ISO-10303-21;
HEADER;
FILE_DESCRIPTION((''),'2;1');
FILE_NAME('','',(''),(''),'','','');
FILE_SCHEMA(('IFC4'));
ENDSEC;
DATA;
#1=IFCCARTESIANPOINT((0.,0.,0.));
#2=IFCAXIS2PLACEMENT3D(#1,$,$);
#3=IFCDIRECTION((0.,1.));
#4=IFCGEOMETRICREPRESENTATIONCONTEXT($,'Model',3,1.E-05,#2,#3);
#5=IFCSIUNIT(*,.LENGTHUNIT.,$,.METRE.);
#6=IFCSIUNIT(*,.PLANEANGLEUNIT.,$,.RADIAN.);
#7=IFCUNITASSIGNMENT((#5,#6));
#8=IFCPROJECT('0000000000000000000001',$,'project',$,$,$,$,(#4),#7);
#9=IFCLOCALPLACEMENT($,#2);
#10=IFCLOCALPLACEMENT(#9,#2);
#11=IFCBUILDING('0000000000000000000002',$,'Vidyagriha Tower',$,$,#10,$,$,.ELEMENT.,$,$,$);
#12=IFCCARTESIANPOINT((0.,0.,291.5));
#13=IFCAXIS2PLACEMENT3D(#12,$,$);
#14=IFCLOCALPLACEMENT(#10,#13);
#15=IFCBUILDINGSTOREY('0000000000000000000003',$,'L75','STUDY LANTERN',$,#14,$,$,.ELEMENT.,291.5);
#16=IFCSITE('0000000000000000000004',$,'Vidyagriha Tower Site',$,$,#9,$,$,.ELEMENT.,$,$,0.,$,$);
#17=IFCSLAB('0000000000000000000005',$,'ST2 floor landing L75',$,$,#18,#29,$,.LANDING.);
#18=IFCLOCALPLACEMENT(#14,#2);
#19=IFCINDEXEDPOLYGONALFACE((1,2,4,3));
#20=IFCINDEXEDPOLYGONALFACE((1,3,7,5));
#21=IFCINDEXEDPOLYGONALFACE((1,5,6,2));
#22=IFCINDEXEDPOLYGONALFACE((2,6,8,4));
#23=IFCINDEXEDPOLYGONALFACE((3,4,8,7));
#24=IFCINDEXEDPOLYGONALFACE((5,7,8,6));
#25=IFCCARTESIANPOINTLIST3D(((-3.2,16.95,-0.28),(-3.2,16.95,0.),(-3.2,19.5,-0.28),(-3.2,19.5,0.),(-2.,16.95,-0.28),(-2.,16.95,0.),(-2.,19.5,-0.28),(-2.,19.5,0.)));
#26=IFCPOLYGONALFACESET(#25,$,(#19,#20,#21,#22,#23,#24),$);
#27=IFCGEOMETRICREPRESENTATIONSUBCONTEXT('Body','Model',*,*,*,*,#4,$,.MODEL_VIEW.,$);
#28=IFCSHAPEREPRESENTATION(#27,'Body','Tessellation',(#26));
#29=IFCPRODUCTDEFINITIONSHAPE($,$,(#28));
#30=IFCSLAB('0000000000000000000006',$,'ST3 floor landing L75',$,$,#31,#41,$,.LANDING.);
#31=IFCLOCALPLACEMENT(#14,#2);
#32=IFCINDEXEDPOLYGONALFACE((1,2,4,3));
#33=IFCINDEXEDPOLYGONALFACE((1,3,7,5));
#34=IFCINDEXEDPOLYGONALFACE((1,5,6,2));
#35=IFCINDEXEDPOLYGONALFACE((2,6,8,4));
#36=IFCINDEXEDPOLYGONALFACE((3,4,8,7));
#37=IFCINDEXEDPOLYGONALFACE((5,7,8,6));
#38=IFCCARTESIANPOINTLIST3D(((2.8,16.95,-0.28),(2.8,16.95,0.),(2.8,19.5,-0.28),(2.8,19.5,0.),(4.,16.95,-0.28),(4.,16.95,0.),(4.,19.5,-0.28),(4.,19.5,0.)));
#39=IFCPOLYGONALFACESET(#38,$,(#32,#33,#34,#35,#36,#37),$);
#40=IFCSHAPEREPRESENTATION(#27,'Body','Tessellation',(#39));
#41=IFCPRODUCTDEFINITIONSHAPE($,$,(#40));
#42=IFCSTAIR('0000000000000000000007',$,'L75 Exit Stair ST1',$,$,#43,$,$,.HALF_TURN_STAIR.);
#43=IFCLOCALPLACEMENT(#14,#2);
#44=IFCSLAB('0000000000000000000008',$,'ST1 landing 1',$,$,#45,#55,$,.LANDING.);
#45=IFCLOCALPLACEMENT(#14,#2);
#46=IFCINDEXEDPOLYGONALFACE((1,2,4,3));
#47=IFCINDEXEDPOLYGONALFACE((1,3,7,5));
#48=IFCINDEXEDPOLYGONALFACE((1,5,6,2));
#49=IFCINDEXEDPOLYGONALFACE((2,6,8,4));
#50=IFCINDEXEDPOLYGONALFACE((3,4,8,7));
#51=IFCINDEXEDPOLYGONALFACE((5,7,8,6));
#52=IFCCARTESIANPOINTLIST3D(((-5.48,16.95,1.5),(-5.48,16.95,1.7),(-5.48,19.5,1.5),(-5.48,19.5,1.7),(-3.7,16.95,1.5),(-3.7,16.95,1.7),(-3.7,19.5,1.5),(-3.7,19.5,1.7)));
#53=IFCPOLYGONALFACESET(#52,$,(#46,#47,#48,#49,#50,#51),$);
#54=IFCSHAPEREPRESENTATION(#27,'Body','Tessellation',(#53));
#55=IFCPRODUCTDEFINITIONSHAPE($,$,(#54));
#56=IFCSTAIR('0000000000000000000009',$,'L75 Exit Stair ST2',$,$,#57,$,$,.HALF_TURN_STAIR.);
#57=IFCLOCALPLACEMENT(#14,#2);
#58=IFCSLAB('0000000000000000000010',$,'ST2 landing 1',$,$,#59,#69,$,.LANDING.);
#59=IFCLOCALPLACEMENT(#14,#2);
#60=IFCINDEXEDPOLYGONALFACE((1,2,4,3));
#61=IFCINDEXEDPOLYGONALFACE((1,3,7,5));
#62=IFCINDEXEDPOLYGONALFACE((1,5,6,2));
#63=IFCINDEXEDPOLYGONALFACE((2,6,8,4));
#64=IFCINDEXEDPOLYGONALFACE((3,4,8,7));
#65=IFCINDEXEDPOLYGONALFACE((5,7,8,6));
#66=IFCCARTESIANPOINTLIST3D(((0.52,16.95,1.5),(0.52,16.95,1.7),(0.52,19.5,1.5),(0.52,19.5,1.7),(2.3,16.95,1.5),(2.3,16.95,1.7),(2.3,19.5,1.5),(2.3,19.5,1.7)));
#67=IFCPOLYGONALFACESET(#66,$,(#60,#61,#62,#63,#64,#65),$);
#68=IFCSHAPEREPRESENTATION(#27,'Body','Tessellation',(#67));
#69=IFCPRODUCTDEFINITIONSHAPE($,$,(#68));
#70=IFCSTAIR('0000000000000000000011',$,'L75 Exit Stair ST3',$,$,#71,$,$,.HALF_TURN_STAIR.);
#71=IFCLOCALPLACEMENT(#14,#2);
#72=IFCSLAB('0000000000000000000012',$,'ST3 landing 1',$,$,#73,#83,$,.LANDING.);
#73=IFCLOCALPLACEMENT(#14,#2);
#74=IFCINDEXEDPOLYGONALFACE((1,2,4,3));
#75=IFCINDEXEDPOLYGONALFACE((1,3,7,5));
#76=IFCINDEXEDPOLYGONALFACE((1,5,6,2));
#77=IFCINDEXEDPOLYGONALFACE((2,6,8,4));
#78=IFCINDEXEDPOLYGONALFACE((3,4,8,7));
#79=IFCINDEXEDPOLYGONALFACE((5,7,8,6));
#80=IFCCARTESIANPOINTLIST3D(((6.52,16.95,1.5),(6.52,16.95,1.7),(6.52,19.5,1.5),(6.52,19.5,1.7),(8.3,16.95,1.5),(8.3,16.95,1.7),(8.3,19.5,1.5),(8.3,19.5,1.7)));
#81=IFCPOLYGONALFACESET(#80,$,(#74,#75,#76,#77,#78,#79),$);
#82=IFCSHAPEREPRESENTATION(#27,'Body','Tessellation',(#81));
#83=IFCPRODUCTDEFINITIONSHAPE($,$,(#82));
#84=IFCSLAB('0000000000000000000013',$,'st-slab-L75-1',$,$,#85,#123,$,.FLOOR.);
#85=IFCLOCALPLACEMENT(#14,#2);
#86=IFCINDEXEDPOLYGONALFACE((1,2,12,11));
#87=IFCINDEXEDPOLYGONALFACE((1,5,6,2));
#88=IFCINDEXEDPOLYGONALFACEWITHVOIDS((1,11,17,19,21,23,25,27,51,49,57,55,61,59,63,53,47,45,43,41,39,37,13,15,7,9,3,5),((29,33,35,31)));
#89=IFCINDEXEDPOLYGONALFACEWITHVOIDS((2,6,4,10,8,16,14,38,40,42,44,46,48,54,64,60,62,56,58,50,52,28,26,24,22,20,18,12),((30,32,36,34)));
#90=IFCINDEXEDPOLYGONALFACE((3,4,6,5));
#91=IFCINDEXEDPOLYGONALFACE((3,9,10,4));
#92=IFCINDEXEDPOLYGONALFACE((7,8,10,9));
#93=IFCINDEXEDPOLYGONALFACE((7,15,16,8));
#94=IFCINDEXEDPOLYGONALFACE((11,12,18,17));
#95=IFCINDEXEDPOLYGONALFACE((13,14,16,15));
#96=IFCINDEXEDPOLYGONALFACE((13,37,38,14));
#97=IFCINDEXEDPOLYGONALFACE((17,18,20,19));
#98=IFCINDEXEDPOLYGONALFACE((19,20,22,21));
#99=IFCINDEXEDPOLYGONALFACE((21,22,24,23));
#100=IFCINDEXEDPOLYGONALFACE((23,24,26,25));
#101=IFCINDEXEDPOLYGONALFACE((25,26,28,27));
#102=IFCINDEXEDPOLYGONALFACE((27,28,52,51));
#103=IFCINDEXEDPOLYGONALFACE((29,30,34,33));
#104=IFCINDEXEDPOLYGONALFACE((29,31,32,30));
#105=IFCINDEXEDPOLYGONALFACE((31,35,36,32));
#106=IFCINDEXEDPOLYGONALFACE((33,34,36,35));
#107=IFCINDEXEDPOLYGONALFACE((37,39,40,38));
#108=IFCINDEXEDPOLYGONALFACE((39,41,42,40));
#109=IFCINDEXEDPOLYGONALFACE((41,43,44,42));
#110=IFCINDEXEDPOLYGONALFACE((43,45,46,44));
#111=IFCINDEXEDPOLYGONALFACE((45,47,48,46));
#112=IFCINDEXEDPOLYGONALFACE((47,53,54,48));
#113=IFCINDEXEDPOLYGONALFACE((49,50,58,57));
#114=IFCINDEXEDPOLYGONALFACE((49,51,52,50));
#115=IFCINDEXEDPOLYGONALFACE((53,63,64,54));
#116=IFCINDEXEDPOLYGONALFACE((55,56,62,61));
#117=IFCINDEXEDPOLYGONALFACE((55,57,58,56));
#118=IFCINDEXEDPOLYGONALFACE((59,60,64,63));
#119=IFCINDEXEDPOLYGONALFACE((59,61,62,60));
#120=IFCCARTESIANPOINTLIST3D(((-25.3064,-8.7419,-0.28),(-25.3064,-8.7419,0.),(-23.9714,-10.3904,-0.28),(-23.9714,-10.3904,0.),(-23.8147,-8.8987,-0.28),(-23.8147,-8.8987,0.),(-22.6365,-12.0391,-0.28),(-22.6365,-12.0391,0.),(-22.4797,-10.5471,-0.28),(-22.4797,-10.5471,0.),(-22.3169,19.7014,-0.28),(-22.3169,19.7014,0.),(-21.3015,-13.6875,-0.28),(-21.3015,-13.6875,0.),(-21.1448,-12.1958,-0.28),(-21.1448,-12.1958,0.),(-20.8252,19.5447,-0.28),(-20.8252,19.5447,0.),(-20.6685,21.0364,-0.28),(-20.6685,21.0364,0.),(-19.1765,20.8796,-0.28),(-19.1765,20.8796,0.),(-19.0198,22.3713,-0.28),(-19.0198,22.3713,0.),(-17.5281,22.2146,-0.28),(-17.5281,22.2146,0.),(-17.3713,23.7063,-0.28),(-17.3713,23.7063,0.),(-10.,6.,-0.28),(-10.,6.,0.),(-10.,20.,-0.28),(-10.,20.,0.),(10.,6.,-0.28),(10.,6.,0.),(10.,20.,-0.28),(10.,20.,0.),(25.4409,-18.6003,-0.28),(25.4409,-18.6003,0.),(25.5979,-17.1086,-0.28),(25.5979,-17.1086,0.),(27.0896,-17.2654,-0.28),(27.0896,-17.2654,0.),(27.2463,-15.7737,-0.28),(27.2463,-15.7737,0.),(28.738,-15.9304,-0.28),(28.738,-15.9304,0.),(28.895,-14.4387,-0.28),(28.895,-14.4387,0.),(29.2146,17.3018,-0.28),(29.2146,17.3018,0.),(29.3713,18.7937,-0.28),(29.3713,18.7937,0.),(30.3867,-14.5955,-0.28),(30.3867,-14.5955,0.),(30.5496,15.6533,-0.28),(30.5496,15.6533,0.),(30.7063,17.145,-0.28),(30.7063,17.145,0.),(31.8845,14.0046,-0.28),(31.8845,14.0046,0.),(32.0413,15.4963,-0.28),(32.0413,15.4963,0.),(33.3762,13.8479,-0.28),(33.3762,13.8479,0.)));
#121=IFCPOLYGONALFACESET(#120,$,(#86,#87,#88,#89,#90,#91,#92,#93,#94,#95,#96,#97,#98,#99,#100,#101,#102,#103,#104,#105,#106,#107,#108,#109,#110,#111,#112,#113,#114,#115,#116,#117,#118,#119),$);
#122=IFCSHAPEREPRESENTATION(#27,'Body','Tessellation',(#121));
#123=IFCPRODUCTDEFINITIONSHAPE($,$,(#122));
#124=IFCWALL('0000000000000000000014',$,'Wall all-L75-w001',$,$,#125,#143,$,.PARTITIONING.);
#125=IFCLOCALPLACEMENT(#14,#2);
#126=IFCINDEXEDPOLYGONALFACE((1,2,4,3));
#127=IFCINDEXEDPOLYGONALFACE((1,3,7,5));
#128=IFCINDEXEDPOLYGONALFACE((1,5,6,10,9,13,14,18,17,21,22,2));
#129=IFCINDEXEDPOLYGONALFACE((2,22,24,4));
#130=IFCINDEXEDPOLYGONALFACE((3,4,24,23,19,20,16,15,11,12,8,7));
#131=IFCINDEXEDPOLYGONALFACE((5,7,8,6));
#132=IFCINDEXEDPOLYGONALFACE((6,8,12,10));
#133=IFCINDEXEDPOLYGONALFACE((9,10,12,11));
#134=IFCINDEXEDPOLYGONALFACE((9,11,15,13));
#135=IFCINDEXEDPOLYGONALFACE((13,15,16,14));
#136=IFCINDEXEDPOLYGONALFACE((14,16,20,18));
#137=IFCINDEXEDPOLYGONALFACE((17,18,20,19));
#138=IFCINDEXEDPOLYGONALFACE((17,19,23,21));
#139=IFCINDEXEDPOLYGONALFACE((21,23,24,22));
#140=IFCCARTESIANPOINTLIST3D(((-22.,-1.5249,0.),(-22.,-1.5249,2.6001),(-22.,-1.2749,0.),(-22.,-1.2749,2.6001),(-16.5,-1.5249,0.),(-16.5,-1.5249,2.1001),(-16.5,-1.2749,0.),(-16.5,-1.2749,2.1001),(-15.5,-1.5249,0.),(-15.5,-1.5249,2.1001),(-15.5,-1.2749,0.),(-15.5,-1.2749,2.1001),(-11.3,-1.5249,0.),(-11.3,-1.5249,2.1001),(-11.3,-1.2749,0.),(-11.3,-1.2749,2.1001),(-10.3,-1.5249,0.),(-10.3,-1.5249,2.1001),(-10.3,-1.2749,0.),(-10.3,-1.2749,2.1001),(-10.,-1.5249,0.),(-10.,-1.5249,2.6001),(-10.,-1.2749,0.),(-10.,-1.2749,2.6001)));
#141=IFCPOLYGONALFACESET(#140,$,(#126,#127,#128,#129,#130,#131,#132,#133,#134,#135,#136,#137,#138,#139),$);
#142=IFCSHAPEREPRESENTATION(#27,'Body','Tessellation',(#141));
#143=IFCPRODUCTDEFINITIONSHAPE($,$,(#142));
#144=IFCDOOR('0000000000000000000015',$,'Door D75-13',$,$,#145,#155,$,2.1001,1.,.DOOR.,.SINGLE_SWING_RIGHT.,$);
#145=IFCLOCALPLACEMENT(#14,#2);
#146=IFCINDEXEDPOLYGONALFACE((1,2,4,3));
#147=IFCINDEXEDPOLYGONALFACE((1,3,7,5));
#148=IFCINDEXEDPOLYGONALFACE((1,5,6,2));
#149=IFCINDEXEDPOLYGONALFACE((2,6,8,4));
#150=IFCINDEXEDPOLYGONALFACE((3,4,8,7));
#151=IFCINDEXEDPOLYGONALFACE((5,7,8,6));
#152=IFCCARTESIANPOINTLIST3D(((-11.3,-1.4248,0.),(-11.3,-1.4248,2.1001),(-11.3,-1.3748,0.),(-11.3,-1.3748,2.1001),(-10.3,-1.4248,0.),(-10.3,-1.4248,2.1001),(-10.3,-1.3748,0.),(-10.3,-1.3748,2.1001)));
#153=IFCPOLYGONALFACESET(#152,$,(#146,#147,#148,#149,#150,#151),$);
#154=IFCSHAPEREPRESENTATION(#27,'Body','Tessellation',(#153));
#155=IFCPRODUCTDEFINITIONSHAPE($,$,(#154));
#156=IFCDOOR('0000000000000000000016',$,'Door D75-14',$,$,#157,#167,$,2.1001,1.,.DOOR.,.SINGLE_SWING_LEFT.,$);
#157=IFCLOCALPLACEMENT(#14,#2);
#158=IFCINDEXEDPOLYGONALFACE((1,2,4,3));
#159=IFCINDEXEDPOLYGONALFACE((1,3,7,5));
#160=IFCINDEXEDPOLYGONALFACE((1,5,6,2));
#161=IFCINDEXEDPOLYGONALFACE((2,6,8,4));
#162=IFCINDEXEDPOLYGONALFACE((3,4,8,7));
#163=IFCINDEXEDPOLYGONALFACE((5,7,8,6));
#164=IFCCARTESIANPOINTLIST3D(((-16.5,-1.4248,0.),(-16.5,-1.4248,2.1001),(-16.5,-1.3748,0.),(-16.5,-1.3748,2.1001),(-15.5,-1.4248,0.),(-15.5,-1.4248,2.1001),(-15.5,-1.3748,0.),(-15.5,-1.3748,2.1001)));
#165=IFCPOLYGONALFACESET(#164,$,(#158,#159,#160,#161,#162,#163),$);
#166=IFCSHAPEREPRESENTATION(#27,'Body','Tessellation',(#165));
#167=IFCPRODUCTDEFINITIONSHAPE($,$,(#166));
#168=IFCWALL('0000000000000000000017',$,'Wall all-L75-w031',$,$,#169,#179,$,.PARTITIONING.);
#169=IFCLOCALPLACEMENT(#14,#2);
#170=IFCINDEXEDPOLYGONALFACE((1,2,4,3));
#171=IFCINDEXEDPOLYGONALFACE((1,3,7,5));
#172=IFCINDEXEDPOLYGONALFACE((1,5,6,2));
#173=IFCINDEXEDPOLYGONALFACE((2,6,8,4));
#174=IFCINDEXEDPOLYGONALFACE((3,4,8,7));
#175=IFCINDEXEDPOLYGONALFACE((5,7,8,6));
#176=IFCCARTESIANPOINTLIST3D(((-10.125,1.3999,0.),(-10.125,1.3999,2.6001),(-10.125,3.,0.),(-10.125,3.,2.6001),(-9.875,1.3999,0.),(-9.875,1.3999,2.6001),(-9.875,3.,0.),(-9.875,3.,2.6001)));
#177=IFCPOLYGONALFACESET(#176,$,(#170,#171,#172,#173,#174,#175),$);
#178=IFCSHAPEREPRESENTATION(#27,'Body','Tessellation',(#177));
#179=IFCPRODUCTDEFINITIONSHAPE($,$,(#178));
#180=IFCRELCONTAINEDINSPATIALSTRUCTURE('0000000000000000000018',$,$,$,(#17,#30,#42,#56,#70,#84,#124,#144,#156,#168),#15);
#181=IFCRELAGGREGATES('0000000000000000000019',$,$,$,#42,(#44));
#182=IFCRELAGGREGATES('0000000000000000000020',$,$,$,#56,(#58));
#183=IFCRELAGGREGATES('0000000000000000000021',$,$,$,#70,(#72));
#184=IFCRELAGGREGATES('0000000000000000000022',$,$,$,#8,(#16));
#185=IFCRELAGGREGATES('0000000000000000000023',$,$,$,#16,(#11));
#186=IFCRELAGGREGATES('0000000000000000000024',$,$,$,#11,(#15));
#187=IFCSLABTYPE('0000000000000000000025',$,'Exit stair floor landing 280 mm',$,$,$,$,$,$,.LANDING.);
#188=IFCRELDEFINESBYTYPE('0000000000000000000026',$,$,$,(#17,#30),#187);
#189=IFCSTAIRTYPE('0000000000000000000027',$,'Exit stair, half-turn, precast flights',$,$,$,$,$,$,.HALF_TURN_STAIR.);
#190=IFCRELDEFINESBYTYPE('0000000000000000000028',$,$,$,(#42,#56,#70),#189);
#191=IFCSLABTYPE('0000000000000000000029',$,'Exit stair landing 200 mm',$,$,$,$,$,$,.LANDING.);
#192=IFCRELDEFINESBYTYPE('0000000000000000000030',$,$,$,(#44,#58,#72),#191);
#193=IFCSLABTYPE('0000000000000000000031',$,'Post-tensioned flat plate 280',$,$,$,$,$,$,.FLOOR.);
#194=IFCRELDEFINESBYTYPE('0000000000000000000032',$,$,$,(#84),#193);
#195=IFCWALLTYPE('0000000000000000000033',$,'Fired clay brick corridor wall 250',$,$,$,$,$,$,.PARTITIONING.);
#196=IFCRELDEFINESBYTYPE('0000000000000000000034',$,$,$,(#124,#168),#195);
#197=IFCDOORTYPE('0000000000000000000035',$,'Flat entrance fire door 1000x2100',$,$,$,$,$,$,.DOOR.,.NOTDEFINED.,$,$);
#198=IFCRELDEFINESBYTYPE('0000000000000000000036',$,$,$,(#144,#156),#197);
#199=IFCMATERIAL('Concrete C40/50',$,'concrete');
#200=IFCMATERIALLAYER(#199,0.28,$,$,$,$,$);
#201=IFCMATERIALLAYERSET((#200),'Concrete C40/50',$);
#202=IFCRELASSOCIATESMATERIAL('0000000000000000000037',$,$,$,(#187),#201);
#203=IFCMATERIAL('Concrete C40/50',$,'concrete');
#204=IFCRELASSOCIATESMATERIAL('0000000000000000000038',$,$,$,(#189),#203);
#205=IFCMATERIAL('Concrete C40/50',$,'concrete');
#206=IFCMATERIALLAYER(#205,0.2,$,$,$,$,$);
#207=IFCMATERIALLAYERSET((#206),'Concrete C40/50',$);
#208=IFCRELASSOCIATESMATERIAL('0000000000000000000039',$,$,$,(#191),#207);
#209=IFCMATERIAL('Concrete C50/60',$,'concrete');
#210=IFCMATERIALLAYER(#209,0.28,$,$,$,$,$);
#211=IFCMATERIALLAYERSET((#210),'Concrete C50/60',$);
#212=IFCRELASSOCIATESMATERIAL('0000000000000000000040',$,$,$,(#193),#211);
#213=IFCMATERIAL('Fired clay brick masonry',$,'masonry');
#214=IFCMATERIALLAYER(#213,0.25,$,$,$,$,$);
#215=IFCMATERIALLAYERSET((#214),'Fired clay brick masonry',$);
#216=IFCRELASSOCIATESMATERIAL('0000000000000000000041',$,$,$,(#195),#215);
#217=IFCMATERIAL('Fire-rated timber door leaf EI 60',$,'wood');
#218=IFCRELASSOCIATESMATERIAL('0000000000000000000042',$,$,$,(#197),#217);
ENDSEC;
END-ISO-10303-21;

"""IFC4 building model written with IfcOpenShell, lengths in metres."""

from ifc_helpers import new_model, si_unit, direction, frame, frame_2d, origin, place, context, subcontext, project, spatial, polyline, rectangle, outline, extrude, material, layer, layer_set, type_object, element, fill, aggregate, save


model = new_model("IFC4")

# Units and contexts
model_context = context("Model", 3, precision=1e-05, world=origin(), true_north=direction((0.0, 1.0)))
body_context = subcontext(model_context, "Body", "Model", "MODEL_VIEW")
ifc_project = project(units=[si_unit("LENGTHUNIT", "METRE"), si_unit("PLANEANGLEUNIT", "RADIAN")], contexts=[model_context])

# Site, building, storey
site_placement = place(None, origin())
site = spatial("IfcSite", under=ifc_project, at=site_placement, Name="Vidyagriha Tower Site", CompositionType="ELEMENT", RefElevation=0.0)
building_placement = place(site_placement, origin())
building = spatial("IfcBuilding", under=site, at=building_placement, Name="Vidyagriha Tower", CompositionType="ELEMENT")
storey_placement = place(building_placement, frame((0.0, 0.0, 291.5)))
storey = spatial("IfcBuildingStorey", under=building, at=storey_placement, Name="L75", Description="STUDY LANTERN", CompositionType="ELEMENT", Elevation=291.5)

# Slabs
ifc_material_1 = material(Name="Concrete C40/50", Category="concrete")
ifc_layer_1 = layer(ifc_material_1, 0.28)
ifc_layer_set_1 = layer_set([ifc_layer_1], Name="Concrete C40/50")
slab_type_1 = type_object("IfcSlabType", Name="Exit stair floor landing 280 mm", PredefinedType="LANDING", material=ifc_layer_set_1)
slab_1_placement = place(storey_placement, frame((0.0, 0.0, -0.28)))
element("IfcSlab", 1, at=slab_1_placement, inside=storey, type_object=slab_type_1, Name="ST2 floor landing L75", PredefinedType="LANDING", context=body_context, shape_type="SweptSolid", body=[
    extrude(outline(polyline([(-3.2, 16.95), (-2.0, 16.95), (-2.0, 19.5), (-3.2, 19.5), (-3.2, 16.95)])), origin(), (0.0, 0.0, 1.0), 0.28),
])
slab_2_placement = place(storey_placement, frame((0.0, 0.0, -0.28)))
element("IfcSlab", 2, at=slab_2_placement, inside=storey, type_object=slab_type_1, Name="ST3 floor landing L75", PredefinedType="LANDING", context=body_context, shape_type="SweptSolid", body=[
    extrude(outline(polyline([(2.8, 16.95), (4.0, 16.95), (4.0, 19.5), (2.8, 19.5), (2.8, 16.95)])), origin(), (0.0, 0.0, 1.0), 0.28),
])

# Stairs, slabs
ifc_material_2 = material(Name="Concrete C40/50", Category="concrete")
stair_type = type_object("IfcStairType", Name="Exit stair, half-turn, precast flights", PredefinedType="HALF_TURN_STAIR", material=ifc_material_2)
stair_1_placement = place(storey_placement, origin())
stair_1 = element("IfcStair", 3, at=stair_1_placement, inside=storey, type_object=stair_type, Name="L75 Exit Stair ST1", PredefinedType="HALF_TURN_STAIR")
ifc_material_3 = material(Name="Concrete C40/50", Category="concrete")
ifc_layer_2 = layer(ifc_material_3, 0.2)
ifc_layer_set_2 = layer_set([ifc_layer_2], Name="Concrete C40/50")
slab_type_2 = type_object("IfcSlabType", Name="Exit stair landing 200 mm", PredefinedType="LANDING", material=ifc_layer_set_2)
slab_3_placement = place(storey_placement, frame((0.0, 0.0, 1.5)))
slab_3 = element("IfcSlab", 4, at=slab_3_placement, type_object=slab_type_2, Name="ST1 landing 1", PredefinedType="LANDING", context=body_context, shape_type="SweptSolid", body=[
    extrude(outline(polyline([(-5.48, 16.95), (-3.7, 16.95), (-3.7, 19.5), (-5.48, 19.5), (-5.48, 16.95)])), origin(), (0.0, 0.0, 1.0), 0.2),
])
aggregate(stair_1, [slab_3])
stair_2_placement = place(storey_placement, origin())
stair_2 = element("IfcStair", 5, at=stair_2_placement, inside=storey, type_object=stair_type, Name="L75 Exit Stair ST2", PredefinedType="HALF_TURN_STAIR")
slab_4_placement = place(storey_placement, frame((0.0, 0.0, 1.5)))
slab_4 = element("IfcSlab", 6, at=slab_4_placement, type_object=slab_type_2, Name="ST2 landing 1", PredefinedType="LANDING", context=body_context, shape_type="SweptSolid", body=[
    extrude(outline(polyline([(0.52, 16.95), (2.3, 16.95), (2.3, 19.5), (0.52, 19.5), (0.52, 16.95)])), origin(), (0.0, 0.0, 1.0), 0.2),
])
aggregate(stair_2, [slab_4])
stair_3_placement = place(storey_placement, origin())
stair_3 = element("IfcStair", 7, at=stair_3_placement, inside=storey, type_object=stair_type, Name="L75 Exit Stair ST3", PredefinedType="HALF_TURN_STAIR")
slab_5_placement = place(storey_placement, frame((0.0, 0.0, 1.5)))
slab_5 = element("IfcSlab", 8, at=slab_5_placement, type_object=slab_type_2, Name="ST3 landing 1", PredefinedType="LANDING", context=body_context, shape_type="SweptSolid", body=[
    extrude(outline(polyline([(6.52, 16.95), (8.3, 16.95), (8.3, 19.5), (6.52, 19.5), (6.52, 16.95)])), origin(), (0.0, 0.0, 1.0), 0.2),
])
aggregate(stair_3, [slab_5])

# Slab
ifc_material_4 = material(Name="Concrete C50/60", Category="concrete")
ifc_layer_3 = layer(ifc_material_4, 0.28)
ifc_layer_set_3 = layer_set([ifc_layer_3], Name="Concrete C50/60")
slab_type_3 = type_object("IfcSlabType", Name="Post-tensioned flat plate 280", PredefinedType="FLOOR", material=ifc_layer_set_3)
slab_6_placement = place(storey_placement, frame((0.0, 0.0, -0.28)))
element("IfcSlab", 9, at=slab_6_placement, inside=storey, type_object=slab_type_3, Name="st-slab-L75-1", PredefinedType="FLOOR", context=body_context, shape_type="SweptSolid", body=[
    extrude(outline(polyline([(28.895, -14.4387), (28.738, -15.9304), (27.2463, -15.7737), (27.0896, -17.2654), (25.5979, -17.1086), (25.4409, -18.6003), (-21.3015, -13.6875), (-21.1448, -12.1958), (-22.6365, -12.0391), (-22.4797, -10.5471), (-23.9714, -10.3904), (-23.8147, -8.8987), (-25.3064, -8.7419), (-22.3169, 19.7014), (-20.8252, 19.5447), (-20.6685, 21.0364), (-19.1765, 20.8796), (-19.0198, 22.3713), (-17.5281, 22.2146), (-17.3713, 23.7063), (29.3713, 18.7937), (29.2146, 17.3018), (30.7063, 17.145), (30.5496, 15.6533), (32.0413, 15.4963), (31.8845, 14.0046), (33.3762, 13.8479), (30.3867, -14.5955), (28.895, -14.4387)]), holes=[polyline([(10.0, 20.0), (-10.0, 20.0), (-10.0, 6.0), (10.0, 6.0), (10.0, 20.0)])]), origin(), (0.0, 0.0, 1.0), 0.28),
])

# Wall, openings, doors
ifc_material_5 = material(Name="Fired clay brick masonry", Category="masonry")
ifc_layer_4 = layer(ifc_material_5, 0.25)
ifc_layer_set_4 = layer_set([ifc_layer_4], Name="Fired clay brick masonry")
wall_type_1 = type_object("IfcWallType", Name="Fired clay brick corridor wall 250", PredefinedType="PARTITIONING", material=ifc_layer_set_4)
wall_1_placement = place(storey_placement, frame((-10.0, -1.3999, 0.0), z_axis=(0.0, 0.0, 1.0), x_axis=(-1.0, 0.0, 0.0)))
wall_1 = element("IfcWall", 10, at=wall_1_placement, inside=storey, type_object=wall_type_1, Name="Wall all-L75-w001", PredefinedType="PARTITIONING", context=body_context, shape_type="SweptSolid", body=[
    extrude(rectangle(XDim=12.0, YDim=0.25, at=frame_2d((6.0, 0.0))), origin(), (0.0, 0.0, 1.0), 2.6001),
])
opening_1_placement = place(wall_1_placement, frame((0.3, 0.0, 0.0)))
opening_1 = element("IfcOpeningElement", 11, at=opening_1_placement, cuts=wall_1, PredefinedType="OPENING", context=body_context, shape_type="SweptSolid", body=[
    extrude(rectangle(XDim=1.0, YDim=2.1001, at=frame_2d((0.5, 1.05))), frame((0.0, 0.135, 0.0), z_axis=(0.0, -1.0, 0.0), x_axis=(1.0, 0.0, 0.0)), (0.0, 0.0, 1.0), 0.27),
])
opening_2_placement = place(wall_1_placement, frame((5.5, 0.0, 0.0)))
opening_2 = element("IfcOpeningElement", 12, at=opening_2_placement, cuts=wall_1, PredefinedType="OPENING", context=body_context, shape_type="SweptSolid", body=[
    extrude(rectangle(XDim=1.0, YDim=2.1001, at=frame_2d((0.5, 1.05))), frame((0.0, 0.135, 0.0), z_axis=(0.0, -1.0, 0.0), x_axis=(1.0, 0.0, 0.0)), (0.0, 0.0, 1.0), 0.27),
])
ifc_material_6 = material(Name="Fire-rated timber door leaf EI 60", Category="wood")
door_type = type_object("IfcDoorType", Name="Flat entrance fire door 1000x2100", OperationType="NOTDEFINED", PredefinedType="DOOR", material=ifc_material_6)
door_1_placement = place(opening_1_placement, origin())
door_1 = element("IfcDoor", 13, at=door_1_placement, inside=storey, type_object=door_type, Name="Door D75-13", OperationType="SINGLE_SWING_RIGHT", OverallHeight=2.1001, OverallWidth=1.0, PredefinedType="DOOR", context=body_context, shape_type="SweptSolid", body=[
    extrude(rectangle(XDim=1.0, YDim=2.1001, at=frame_2d((0.5, 1.05))), frame((0.0, 0.0249, 0.0), z_axis=(0.0, -1.0, 0.0), x_axis=(1.0, 0.0, 0.0)), (0.0, 0.0, 1.0), 0.05),
])
fill(opening_1, door_1)
door_2_placement = place(opening_2_placement, origin())
door_2 = element("IfcDoor", 14, at=door_2_placement, inside=storey, type_object=door_type, Name="Door D75-14", OperationType="SINGLE_SWING_LEFT", OverallHeight=2.1001, OverallWidth=1.0, PredefinedType="DOOR", context=body_context, shape_type="SweptSolid", body=[
    extrude(rectangle(XDim=1.0, YDim=2.1001, at=frame_2d((0.5, 1.05))), frame((0.0, 0.0249, 0.0), z_axis=(0.0, -1.0, 0.0), x_axis=(1.0, 0.0, 0.0)), (0.0, 0.0, 1.0), 0.05),
])
fill(opening_2, door_2)

# Wall
wall_2_placement = place(storey_placement, frame((-10.0, 3.0, 0.0), z_axis=(0.0, 0.0, 1.0), x_axis=(0.0, -1.0, 0.0)))
element("IfcWall", 15, at=wall_2_placement, inside=storey, type_object=wall_type_1, Name="Wall all-L75-w031", PredefinedType="PARTITIONING", context=body_context, shape_type="SweptSolid", body=[
    extrude(rectangle(XDim=1.6001, YDim=0.25, at=frame_2d((0.8, 0.0))), origin(), (0.0, 0.0, 1.0), 2.6001),
])

save(model, "model.ifc")
